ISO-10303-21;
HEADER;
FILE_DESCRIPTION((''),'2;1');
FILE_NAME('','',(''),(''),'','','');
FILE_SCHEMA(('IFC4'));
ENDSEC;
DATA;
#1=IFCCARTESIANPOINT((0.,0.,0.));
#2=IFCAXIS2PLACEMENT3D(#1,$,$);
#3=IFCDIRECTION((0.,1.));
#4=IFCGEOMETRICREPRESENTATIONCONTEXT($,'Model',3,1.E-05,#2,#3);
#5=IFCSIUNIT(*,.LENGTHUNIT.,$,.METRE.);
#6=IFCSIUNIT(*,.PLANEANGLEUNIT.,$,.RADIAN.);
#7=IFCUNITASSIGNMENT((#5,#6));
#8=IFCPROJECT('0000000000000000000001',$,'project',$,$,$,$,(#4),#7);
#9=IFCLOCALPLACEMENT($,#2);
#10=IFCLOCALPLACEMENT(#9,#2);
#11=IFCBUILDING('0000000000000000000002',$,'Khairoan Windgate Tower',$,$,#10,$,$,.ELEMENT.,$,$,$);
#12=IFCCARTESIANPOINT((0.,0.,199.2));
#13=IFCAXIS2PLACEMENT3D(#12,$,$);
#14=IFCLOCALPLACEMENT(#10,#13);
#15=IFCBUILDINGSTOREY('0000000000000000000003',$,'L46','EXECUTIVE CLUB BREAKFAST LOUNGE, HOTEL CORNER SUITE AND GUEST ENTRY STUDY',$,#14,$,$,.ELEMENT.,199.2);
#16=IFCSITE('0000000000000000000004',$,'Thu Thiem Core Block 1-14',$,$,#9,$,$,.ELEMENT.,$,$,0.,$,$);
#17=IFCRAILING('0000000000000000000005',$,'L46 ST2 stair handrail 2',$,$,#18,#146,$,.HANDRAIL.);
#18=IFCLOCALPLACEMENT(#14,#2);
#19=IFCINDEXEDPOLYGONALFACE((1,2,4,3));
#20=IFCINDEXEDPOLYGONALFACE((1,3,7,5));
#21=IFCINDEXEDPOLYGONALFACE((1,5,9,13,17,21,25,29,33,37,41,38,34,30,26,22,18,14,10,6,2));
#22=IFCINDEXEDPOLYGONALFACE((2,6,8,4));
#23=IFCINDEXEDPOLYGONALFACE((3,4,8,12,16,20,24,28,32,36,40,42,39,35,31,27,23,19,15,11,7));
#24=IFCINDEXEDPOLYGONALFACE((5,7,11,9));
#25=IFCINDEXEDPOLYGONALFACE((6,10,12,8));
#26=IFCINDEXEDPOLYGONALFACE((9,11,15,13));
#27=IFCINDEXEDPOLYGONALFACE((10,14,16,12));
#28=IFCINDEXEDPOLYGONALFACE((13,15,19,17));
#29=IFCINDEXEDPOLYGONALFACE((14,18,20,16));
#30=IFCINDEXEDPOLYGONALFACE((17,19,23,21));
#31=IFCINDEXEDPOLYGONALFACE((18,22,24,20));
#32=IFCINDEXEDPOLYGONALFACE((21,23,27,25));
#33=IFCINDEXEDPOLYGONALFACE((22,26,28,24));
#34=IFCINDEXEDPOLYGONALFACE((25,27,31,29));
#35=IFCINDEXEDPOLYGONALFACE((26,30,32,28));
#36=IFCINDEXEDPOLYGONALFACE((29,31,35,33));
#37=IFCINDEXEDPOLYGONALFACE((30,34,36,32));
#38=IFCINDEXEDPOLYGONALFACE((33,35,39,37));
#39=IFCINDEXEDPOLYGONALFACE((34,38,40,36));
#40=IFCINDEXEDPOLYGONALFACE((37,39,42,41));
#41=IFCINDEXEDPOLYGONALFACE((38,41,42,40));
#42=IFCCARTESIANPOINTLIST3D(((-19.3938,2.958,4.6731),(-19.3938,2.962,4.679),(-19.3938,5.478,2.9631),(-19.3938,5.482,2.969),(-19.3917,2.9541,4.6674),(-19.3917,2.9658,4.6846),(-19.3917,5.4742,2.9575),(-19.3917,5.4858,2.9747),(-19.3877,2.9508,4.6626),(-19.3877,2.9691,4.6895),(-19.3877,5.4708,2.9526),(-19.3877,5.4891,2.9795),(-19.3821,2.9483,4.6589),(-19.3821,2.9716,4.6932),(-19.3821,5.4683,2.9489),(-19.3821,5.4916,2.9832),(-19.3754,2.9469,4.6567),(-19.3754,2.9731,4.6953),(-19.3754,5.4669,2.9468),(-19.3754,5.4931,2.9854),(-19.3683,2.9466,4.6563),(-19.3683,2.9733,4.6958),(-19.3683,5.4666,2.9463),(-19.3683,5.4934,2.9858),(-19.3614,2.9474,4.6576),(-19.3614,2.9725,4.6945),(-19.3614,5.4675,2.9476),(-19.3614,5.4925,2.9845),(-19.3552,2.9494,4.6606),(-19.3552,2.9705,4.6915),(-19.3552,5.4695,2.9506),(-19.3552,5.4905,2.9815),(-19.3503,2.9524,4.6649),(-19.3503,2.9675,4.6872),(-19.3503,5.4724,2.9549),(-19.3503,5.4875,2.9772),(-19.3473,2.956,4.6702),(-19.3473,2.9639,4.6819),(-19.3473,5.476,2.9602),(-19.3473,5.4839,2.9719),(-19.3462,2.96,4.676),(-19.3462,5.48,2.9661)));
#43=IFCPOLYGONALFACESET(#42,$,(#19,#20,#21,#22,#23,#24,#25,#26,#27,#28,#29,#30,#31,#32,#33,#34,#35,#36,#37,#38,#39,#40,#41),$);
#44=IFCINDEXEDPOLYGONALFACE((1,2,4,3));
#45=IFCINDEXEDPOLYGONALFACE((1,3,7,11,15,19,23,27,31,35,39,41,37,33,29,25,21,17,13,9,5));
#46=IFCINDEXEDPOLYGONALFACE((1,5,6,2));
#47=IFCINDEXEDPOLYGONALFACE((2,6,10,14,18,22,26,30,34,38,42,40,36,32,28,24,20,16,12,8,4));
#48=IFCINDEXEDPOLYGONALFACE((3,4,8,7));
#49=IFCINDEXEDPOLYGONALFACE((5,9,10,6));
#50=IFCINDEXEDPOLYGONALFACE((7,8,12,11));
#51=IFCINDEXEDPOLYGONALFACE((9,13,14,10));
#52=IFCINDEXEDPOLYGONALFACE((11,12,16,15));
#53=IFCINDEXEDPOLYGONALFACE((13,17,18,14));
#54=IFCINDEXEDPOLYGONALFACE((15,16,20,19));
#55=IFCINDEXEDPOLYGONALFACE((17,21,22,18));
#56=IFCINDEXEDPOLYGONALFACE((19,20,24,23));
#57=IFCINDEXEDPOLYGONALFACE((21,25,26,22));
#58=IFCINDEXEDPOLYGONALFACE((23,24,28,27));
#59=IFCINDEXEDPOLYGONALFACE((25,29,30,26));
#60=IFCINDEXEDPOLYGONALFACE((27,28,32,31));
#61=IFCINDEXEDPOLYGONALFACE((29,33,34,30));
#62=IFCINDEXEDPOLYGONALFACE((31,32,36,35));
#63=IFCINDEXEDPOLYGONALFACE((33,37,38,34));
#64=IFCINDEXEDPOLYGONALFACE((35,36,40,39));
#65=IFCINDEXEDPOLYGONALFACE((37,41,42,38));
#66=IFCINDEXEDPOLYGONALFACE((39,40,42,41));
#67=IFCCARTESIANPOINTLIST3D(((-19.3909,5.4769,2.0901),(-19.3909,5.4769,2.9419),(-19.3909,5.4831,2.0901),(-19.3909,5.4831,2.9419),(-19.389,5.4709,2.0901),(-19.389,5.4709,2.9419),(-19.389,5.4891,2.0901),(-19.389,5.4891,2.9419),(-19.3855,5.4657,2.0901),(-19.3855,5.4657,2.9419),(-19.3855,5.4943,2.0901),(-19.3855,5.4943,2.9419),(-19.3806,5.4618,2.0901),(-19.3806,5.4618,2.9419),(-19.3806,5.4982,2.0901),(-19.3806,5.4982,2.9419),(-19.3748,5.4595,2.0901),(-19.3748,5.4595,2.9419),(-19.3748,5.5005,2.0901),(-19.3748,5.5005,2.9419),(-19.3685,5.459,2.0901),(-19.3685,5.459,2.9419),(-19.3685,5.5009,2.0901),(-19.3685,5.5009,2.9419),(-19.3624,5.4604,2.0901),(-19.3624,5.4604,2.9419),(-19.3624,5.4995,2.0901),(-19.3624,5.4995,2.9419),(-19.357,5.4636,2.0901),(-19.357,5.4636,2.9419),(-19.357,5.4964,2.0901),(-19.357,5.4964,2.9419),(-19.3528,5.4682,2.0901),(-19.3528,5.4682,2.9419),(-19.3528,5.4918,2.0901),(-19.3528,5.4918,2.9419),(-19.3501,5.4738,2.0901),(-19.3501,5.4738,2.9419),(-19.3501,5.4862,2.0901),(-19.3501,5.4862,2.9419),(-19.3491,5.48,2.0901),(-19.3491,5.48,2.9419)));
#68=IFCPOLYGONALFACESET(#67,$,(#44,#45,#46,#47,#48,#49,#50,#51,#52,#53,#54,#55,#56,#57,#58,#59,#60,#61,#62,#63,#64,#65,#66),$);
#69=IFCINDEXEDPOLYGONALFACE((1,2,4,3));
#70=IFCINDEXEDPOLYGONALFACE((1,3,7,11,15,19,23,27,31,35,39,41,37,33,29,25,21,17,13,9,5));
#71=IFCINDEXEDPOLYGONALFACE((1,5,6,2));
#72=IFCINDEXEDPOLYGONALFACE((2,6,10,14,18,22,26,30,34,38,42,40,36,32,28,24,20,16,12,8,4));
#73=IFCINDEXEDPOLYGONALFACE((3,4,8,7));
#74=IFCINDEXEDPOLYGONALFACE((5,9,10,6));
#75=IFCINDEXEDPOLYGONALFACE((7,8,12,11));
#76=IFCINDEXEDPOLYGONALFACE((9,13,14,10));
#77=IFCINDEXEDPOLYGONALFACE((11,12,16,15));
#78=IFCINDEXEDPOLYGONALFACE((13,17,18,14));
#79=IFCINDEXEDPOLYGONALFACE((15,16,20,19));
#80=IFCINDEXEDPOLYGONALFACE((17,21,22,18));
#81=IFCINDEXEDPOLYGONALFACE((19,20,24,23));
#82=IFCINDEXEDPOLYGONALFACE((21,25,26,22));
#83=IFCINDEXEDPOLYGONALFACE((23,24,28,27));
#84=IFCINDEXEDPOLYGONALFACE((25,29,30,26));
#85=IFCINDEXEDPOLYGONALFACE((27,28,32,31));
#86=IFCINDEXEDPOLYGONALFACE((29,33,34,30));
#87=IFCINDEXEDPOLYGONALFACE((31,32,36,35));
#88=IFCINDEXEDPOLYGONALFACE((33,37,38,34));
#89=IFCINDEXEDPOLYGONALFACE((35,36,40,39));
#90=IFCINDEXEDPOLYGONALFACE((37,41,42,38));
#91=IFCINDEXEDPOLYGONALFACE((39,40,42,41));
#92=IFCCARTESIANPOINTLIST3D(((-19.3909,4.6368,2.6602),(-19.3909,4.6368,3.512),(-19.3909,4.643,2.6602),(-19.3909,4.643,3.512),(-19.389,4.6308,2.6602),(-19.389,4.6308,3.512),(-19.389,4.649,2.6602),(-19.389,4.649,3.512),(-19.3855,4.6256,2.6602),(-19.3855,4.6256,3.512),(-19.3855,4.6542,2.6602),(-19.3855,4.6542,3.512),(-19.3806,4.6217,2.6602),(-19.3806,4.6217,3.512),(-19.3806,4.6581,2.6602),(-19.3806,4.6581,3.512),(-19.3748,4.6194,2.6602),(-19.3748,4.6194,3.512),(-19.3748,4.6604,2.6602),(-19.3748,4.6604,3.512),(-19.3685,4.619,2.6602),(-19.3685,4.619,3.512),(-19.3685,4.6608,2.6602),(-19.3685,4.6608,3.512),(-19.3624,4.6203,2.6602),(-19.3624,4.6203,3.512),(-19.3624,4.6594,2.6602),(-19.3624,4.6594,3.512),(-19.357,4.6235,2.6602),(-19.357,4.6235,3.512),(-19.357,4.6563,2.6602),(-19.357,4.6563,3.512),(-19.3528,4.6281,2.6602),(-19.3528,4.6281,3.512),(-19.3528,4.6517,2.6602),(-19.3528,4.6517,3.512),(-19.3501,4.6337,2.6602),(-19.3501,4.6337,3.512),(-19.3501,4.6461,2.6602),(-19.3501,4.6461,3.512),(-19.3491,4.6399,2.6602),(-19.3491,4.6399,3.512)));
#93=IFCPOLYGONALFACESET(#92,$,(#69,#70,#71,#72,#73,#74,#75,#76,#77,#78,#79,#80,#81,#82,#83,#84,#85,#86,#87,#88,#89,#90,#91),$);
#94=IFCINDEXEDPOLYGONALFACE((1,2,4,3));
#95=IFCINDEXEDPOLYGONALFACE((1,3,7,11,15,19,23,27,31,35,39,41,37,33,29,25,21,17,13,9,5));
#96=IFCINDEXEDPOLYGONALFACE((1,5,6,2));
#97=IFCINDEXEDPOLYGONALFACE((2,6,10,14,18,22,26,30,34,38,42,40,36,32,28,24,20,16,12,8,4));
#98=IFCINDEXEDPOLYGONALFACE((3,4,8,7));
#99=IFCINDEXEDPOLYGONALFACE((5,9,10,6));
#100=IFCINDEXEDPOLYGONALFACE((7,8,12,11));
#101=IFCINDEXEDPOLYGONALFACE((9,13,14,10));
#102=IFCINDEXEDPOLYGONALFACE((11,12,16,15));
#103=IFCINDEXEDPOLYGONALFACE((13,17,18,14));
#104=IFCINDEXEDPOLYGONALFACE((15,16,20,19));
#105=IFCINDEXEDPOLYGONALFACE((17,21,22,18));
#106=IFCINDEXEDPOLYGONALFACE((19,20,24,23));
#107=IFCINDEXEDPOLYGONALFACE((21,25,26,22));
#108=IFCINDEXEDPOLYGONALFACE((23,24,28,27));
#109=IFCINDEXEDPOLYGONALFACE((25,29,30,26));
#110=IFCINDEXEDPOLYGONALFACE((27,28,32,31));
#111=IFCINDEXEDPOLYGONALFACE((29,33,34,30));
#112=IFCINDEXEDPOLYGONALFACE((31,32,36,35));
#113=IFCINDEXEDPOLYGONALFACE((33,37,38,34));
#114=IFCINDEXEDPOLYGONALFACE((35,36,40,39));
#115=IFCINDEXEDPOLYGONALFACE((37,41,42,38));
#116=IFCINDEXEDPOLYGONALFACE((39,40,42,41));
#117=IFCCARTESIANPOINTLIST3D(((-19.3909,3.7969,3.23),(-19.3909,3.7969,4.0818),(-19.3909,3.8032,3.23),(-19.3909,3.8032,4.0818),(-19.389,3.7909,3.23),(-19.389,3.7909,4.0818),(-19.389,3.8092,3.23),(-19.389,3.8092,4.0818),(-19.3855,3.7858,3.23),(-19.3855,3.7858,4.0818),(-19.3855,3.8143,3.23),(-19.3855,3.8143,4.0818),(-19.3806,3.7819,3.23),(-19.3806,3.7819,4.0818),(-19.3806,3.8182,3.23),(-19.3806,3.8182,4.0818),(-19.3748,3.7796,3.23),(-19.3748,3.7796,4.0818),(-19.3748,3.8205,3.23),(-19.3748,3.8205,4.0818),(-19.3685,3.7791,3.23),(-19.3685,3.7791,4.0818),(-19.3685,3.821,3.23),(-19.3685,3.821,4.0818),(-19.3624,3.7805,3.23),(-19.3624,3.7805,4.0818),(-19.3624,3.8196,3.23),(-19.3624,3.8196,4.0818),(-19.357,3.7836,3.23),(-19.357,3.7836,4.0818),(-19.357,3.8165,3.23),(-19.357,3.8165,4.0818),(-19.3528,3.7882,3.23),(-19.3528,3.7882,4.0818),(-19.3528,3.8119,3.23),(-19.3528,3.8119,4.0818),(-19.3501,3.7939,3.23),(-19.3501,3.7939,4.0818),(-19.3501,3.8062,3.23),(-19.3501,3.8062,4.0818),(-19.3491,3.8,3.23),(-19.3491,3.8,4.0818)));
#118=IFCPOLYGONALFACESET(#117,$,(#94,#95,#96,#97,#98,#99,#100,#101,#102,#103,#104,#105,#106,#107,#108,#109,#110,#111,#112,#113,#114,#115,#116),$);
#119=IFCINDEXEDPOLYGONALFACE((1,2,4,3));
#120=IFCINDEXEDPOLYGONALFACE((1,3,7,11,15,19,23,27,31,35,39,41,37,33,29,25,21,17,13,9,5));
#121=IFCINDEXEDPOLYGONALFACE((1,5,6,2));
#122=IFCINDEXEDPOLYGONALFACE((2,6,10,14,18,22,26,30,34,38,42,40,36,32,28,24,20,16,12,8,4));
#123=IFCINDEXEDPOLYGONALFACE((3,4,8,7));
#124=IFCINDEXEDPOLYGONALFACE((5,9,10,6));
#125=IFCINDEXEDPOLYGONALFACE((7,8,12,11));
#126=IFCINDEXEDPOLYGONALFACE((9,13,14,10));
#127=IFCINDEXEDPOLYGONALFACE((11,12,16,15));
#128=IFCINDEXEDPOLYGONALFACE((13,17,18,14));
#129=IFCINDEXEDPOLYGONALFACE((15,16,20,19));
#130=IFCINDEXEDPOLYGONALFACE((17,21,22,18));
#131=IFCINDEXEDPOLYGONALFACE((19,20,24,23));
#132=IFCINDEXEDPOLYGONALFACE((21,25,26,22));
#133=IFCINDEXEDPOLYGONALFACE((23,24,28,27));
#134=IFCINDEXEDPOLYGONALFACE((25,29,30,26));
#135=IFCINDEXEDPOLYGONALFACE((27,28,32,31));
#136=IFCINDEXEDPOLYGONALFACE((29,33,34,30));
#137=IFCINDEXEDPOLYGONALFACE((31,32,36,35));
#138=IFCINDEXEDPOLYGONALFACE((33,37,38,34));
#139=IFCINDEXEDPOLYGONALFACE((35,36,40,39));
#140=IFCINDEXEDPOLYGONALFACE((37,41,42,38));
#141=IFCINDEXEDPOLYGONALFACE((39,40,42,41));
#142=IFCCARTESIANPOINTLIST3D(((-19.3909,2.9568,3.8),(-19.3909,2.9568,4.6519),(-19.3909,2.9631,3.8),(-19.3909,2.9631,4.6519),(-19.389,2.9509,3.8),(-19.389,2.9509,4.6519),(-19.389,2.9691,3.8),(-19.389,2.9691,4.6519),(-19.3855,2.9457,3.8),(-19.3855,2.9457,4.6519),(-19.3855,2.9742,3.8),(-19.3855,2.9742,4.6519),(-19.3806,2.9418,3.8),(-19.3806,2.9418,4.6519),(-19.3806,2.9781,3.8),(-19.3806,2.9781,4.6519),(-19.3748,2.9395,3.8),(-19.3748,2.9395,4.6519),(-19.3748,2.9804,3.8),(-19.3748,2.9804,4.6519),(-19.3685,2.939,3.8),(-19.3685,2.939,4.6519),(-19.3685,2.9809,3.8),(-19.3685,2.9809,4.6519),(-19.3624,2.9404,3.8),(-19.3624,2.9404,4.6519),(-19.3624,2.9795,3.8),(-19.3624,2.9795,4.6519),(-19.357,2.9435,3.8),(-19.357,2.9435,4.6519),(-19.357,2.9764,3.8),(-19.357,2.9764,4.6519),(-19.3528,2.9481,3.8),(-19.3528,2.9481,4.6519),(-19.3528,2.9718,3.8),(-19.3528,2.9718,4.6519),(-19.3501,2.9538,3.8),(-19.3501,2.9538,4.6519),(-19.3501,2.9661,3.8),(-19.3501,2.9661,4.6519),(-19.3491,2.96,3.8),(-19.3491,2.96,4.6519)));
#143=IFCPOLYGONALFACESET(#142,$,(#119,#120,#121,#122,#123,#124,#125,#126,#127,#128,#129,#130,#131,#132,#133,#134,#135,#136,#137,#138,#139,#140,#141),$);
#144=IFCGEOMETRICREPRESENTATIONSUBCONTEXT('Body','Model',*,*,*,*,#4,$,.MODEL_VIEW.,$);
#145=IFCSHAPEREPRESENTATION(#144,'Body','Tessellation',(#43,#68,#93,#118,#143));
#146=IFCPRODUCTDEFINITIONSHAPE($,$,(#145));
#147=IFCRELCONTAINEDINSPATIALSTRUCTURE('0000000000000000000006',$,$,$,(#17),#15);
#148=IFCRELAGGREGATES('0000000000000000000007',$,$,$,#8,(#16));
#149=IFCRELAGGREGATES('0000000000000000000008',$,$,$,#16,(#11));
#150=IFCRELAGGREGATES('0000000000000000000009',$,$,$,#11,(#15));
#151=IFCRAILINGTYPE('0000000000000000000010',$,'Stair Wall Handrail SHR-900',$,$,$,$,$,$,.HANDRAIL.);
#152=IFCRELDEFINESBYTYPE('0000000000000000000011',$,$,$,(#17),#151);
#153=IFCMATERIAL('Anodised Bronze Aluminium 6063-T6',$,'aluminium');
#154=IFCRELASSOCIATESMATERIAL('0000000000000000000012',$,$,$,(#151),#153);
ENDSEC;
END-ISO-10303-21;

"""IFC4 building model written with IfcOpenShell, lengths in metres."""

from ifc_helpers import new_model, si_unit, direction, frame, origin, origin_2d, place, context, subcontext, project, spatial, circle, extrude, material, type_object, element, save


model = new_model("IFC4")

# Units and contexts
model_context = context("Model", 3, precision=1e-05, world=origin(), true_north=direction((0.0, 1.0)))
body_context = subcontext(model_context, "Body", "Model", "MODEL_VIEW")
ifc_project = project(units=[si_unit("LENGTHUNIT", "METRE"), si_unit("PLANEANGLEUNIT", "RADIAN")], contexts=[model_context])

# Site, building, storey
site_placement = place(None, origin())
site = spatial("IfcSite", under=ifc_project, at=site_placement, Name="Thu Thiem Core Block 1-14", CompositionType="ELEMENT", RefElevation=0.0)
building_placement = place(site_placement, origin())
building = spatial("IfcBuilding", under=site, at=building_placement, Name="Khairoan Windgate Tower", CompositionType="ELEMENT")
storey_placement = place(building_placement, frame((0.0, 0.0, 199.2)))
storey = spatial("IfcBuildingStorey", under=building, at=storey_placement, Name="L46", Description="EXECUTIVE CLUB BREAKFAST LOUNGE, HOTEL CORNER SUITE AND GUEST ENTRY STUDY", CompositionType="ELEMENT", Elevation=199.2)

# Railing
ifc_material_1 = material(Name="Anodised Bronze Aluminium 6063-T6", Category="aluminium")
railing_type_1 = type_object("IfcRailingType", Name="Stair Wall Handrail SHR-900", PredefinedType="HANDRAIL", material=ifc_material_1)
railing_1_placement = place(storey_placement, frame((-19.3701, 5.48, 2.0901)))
element("IfcRailing", 1, at=railing_1_placement, inside=storey, type_object=railing_type_1, Name="L46 ST2 stair handrail 2", PredefinedType="HANDRAIL", context=body_context, shape_type="SweptSolid", body=[
    extrude(circle(Radius=0.0239, at=origin_2d()), frame((0.0, 0.0, 0.876), z_axis=(0.0, -0.827484, 0.56149), x_axis=(1.0, 0.0, 0.0)), (0.0, 0.0, 1.0), 3.0454),
    extrude(circle(Radius=0.021, at=origin_2d()), origin(), (0.0, 0.0, 1.0), 0.8518),
    extrude(circle(Radius=0.021, at=origin_2d()), frame((0.0, -0.8401, 0.5701)), (0.0, 0.0, 1.0), 0.8518),
    extrude(circle(Radius=0.021, at=origin_2d()), frame((0.0, -1.6799, 1.1399)), (0.0, 0.0, 1.0), 0.8518),
    extrude(circle(Radius=0.021, at=origin_2d()), frame((0.0, -2.52, 1.71)), (0.0, 0.0, 1.0), 0.8518),
])

save(model, "model.ifc")
